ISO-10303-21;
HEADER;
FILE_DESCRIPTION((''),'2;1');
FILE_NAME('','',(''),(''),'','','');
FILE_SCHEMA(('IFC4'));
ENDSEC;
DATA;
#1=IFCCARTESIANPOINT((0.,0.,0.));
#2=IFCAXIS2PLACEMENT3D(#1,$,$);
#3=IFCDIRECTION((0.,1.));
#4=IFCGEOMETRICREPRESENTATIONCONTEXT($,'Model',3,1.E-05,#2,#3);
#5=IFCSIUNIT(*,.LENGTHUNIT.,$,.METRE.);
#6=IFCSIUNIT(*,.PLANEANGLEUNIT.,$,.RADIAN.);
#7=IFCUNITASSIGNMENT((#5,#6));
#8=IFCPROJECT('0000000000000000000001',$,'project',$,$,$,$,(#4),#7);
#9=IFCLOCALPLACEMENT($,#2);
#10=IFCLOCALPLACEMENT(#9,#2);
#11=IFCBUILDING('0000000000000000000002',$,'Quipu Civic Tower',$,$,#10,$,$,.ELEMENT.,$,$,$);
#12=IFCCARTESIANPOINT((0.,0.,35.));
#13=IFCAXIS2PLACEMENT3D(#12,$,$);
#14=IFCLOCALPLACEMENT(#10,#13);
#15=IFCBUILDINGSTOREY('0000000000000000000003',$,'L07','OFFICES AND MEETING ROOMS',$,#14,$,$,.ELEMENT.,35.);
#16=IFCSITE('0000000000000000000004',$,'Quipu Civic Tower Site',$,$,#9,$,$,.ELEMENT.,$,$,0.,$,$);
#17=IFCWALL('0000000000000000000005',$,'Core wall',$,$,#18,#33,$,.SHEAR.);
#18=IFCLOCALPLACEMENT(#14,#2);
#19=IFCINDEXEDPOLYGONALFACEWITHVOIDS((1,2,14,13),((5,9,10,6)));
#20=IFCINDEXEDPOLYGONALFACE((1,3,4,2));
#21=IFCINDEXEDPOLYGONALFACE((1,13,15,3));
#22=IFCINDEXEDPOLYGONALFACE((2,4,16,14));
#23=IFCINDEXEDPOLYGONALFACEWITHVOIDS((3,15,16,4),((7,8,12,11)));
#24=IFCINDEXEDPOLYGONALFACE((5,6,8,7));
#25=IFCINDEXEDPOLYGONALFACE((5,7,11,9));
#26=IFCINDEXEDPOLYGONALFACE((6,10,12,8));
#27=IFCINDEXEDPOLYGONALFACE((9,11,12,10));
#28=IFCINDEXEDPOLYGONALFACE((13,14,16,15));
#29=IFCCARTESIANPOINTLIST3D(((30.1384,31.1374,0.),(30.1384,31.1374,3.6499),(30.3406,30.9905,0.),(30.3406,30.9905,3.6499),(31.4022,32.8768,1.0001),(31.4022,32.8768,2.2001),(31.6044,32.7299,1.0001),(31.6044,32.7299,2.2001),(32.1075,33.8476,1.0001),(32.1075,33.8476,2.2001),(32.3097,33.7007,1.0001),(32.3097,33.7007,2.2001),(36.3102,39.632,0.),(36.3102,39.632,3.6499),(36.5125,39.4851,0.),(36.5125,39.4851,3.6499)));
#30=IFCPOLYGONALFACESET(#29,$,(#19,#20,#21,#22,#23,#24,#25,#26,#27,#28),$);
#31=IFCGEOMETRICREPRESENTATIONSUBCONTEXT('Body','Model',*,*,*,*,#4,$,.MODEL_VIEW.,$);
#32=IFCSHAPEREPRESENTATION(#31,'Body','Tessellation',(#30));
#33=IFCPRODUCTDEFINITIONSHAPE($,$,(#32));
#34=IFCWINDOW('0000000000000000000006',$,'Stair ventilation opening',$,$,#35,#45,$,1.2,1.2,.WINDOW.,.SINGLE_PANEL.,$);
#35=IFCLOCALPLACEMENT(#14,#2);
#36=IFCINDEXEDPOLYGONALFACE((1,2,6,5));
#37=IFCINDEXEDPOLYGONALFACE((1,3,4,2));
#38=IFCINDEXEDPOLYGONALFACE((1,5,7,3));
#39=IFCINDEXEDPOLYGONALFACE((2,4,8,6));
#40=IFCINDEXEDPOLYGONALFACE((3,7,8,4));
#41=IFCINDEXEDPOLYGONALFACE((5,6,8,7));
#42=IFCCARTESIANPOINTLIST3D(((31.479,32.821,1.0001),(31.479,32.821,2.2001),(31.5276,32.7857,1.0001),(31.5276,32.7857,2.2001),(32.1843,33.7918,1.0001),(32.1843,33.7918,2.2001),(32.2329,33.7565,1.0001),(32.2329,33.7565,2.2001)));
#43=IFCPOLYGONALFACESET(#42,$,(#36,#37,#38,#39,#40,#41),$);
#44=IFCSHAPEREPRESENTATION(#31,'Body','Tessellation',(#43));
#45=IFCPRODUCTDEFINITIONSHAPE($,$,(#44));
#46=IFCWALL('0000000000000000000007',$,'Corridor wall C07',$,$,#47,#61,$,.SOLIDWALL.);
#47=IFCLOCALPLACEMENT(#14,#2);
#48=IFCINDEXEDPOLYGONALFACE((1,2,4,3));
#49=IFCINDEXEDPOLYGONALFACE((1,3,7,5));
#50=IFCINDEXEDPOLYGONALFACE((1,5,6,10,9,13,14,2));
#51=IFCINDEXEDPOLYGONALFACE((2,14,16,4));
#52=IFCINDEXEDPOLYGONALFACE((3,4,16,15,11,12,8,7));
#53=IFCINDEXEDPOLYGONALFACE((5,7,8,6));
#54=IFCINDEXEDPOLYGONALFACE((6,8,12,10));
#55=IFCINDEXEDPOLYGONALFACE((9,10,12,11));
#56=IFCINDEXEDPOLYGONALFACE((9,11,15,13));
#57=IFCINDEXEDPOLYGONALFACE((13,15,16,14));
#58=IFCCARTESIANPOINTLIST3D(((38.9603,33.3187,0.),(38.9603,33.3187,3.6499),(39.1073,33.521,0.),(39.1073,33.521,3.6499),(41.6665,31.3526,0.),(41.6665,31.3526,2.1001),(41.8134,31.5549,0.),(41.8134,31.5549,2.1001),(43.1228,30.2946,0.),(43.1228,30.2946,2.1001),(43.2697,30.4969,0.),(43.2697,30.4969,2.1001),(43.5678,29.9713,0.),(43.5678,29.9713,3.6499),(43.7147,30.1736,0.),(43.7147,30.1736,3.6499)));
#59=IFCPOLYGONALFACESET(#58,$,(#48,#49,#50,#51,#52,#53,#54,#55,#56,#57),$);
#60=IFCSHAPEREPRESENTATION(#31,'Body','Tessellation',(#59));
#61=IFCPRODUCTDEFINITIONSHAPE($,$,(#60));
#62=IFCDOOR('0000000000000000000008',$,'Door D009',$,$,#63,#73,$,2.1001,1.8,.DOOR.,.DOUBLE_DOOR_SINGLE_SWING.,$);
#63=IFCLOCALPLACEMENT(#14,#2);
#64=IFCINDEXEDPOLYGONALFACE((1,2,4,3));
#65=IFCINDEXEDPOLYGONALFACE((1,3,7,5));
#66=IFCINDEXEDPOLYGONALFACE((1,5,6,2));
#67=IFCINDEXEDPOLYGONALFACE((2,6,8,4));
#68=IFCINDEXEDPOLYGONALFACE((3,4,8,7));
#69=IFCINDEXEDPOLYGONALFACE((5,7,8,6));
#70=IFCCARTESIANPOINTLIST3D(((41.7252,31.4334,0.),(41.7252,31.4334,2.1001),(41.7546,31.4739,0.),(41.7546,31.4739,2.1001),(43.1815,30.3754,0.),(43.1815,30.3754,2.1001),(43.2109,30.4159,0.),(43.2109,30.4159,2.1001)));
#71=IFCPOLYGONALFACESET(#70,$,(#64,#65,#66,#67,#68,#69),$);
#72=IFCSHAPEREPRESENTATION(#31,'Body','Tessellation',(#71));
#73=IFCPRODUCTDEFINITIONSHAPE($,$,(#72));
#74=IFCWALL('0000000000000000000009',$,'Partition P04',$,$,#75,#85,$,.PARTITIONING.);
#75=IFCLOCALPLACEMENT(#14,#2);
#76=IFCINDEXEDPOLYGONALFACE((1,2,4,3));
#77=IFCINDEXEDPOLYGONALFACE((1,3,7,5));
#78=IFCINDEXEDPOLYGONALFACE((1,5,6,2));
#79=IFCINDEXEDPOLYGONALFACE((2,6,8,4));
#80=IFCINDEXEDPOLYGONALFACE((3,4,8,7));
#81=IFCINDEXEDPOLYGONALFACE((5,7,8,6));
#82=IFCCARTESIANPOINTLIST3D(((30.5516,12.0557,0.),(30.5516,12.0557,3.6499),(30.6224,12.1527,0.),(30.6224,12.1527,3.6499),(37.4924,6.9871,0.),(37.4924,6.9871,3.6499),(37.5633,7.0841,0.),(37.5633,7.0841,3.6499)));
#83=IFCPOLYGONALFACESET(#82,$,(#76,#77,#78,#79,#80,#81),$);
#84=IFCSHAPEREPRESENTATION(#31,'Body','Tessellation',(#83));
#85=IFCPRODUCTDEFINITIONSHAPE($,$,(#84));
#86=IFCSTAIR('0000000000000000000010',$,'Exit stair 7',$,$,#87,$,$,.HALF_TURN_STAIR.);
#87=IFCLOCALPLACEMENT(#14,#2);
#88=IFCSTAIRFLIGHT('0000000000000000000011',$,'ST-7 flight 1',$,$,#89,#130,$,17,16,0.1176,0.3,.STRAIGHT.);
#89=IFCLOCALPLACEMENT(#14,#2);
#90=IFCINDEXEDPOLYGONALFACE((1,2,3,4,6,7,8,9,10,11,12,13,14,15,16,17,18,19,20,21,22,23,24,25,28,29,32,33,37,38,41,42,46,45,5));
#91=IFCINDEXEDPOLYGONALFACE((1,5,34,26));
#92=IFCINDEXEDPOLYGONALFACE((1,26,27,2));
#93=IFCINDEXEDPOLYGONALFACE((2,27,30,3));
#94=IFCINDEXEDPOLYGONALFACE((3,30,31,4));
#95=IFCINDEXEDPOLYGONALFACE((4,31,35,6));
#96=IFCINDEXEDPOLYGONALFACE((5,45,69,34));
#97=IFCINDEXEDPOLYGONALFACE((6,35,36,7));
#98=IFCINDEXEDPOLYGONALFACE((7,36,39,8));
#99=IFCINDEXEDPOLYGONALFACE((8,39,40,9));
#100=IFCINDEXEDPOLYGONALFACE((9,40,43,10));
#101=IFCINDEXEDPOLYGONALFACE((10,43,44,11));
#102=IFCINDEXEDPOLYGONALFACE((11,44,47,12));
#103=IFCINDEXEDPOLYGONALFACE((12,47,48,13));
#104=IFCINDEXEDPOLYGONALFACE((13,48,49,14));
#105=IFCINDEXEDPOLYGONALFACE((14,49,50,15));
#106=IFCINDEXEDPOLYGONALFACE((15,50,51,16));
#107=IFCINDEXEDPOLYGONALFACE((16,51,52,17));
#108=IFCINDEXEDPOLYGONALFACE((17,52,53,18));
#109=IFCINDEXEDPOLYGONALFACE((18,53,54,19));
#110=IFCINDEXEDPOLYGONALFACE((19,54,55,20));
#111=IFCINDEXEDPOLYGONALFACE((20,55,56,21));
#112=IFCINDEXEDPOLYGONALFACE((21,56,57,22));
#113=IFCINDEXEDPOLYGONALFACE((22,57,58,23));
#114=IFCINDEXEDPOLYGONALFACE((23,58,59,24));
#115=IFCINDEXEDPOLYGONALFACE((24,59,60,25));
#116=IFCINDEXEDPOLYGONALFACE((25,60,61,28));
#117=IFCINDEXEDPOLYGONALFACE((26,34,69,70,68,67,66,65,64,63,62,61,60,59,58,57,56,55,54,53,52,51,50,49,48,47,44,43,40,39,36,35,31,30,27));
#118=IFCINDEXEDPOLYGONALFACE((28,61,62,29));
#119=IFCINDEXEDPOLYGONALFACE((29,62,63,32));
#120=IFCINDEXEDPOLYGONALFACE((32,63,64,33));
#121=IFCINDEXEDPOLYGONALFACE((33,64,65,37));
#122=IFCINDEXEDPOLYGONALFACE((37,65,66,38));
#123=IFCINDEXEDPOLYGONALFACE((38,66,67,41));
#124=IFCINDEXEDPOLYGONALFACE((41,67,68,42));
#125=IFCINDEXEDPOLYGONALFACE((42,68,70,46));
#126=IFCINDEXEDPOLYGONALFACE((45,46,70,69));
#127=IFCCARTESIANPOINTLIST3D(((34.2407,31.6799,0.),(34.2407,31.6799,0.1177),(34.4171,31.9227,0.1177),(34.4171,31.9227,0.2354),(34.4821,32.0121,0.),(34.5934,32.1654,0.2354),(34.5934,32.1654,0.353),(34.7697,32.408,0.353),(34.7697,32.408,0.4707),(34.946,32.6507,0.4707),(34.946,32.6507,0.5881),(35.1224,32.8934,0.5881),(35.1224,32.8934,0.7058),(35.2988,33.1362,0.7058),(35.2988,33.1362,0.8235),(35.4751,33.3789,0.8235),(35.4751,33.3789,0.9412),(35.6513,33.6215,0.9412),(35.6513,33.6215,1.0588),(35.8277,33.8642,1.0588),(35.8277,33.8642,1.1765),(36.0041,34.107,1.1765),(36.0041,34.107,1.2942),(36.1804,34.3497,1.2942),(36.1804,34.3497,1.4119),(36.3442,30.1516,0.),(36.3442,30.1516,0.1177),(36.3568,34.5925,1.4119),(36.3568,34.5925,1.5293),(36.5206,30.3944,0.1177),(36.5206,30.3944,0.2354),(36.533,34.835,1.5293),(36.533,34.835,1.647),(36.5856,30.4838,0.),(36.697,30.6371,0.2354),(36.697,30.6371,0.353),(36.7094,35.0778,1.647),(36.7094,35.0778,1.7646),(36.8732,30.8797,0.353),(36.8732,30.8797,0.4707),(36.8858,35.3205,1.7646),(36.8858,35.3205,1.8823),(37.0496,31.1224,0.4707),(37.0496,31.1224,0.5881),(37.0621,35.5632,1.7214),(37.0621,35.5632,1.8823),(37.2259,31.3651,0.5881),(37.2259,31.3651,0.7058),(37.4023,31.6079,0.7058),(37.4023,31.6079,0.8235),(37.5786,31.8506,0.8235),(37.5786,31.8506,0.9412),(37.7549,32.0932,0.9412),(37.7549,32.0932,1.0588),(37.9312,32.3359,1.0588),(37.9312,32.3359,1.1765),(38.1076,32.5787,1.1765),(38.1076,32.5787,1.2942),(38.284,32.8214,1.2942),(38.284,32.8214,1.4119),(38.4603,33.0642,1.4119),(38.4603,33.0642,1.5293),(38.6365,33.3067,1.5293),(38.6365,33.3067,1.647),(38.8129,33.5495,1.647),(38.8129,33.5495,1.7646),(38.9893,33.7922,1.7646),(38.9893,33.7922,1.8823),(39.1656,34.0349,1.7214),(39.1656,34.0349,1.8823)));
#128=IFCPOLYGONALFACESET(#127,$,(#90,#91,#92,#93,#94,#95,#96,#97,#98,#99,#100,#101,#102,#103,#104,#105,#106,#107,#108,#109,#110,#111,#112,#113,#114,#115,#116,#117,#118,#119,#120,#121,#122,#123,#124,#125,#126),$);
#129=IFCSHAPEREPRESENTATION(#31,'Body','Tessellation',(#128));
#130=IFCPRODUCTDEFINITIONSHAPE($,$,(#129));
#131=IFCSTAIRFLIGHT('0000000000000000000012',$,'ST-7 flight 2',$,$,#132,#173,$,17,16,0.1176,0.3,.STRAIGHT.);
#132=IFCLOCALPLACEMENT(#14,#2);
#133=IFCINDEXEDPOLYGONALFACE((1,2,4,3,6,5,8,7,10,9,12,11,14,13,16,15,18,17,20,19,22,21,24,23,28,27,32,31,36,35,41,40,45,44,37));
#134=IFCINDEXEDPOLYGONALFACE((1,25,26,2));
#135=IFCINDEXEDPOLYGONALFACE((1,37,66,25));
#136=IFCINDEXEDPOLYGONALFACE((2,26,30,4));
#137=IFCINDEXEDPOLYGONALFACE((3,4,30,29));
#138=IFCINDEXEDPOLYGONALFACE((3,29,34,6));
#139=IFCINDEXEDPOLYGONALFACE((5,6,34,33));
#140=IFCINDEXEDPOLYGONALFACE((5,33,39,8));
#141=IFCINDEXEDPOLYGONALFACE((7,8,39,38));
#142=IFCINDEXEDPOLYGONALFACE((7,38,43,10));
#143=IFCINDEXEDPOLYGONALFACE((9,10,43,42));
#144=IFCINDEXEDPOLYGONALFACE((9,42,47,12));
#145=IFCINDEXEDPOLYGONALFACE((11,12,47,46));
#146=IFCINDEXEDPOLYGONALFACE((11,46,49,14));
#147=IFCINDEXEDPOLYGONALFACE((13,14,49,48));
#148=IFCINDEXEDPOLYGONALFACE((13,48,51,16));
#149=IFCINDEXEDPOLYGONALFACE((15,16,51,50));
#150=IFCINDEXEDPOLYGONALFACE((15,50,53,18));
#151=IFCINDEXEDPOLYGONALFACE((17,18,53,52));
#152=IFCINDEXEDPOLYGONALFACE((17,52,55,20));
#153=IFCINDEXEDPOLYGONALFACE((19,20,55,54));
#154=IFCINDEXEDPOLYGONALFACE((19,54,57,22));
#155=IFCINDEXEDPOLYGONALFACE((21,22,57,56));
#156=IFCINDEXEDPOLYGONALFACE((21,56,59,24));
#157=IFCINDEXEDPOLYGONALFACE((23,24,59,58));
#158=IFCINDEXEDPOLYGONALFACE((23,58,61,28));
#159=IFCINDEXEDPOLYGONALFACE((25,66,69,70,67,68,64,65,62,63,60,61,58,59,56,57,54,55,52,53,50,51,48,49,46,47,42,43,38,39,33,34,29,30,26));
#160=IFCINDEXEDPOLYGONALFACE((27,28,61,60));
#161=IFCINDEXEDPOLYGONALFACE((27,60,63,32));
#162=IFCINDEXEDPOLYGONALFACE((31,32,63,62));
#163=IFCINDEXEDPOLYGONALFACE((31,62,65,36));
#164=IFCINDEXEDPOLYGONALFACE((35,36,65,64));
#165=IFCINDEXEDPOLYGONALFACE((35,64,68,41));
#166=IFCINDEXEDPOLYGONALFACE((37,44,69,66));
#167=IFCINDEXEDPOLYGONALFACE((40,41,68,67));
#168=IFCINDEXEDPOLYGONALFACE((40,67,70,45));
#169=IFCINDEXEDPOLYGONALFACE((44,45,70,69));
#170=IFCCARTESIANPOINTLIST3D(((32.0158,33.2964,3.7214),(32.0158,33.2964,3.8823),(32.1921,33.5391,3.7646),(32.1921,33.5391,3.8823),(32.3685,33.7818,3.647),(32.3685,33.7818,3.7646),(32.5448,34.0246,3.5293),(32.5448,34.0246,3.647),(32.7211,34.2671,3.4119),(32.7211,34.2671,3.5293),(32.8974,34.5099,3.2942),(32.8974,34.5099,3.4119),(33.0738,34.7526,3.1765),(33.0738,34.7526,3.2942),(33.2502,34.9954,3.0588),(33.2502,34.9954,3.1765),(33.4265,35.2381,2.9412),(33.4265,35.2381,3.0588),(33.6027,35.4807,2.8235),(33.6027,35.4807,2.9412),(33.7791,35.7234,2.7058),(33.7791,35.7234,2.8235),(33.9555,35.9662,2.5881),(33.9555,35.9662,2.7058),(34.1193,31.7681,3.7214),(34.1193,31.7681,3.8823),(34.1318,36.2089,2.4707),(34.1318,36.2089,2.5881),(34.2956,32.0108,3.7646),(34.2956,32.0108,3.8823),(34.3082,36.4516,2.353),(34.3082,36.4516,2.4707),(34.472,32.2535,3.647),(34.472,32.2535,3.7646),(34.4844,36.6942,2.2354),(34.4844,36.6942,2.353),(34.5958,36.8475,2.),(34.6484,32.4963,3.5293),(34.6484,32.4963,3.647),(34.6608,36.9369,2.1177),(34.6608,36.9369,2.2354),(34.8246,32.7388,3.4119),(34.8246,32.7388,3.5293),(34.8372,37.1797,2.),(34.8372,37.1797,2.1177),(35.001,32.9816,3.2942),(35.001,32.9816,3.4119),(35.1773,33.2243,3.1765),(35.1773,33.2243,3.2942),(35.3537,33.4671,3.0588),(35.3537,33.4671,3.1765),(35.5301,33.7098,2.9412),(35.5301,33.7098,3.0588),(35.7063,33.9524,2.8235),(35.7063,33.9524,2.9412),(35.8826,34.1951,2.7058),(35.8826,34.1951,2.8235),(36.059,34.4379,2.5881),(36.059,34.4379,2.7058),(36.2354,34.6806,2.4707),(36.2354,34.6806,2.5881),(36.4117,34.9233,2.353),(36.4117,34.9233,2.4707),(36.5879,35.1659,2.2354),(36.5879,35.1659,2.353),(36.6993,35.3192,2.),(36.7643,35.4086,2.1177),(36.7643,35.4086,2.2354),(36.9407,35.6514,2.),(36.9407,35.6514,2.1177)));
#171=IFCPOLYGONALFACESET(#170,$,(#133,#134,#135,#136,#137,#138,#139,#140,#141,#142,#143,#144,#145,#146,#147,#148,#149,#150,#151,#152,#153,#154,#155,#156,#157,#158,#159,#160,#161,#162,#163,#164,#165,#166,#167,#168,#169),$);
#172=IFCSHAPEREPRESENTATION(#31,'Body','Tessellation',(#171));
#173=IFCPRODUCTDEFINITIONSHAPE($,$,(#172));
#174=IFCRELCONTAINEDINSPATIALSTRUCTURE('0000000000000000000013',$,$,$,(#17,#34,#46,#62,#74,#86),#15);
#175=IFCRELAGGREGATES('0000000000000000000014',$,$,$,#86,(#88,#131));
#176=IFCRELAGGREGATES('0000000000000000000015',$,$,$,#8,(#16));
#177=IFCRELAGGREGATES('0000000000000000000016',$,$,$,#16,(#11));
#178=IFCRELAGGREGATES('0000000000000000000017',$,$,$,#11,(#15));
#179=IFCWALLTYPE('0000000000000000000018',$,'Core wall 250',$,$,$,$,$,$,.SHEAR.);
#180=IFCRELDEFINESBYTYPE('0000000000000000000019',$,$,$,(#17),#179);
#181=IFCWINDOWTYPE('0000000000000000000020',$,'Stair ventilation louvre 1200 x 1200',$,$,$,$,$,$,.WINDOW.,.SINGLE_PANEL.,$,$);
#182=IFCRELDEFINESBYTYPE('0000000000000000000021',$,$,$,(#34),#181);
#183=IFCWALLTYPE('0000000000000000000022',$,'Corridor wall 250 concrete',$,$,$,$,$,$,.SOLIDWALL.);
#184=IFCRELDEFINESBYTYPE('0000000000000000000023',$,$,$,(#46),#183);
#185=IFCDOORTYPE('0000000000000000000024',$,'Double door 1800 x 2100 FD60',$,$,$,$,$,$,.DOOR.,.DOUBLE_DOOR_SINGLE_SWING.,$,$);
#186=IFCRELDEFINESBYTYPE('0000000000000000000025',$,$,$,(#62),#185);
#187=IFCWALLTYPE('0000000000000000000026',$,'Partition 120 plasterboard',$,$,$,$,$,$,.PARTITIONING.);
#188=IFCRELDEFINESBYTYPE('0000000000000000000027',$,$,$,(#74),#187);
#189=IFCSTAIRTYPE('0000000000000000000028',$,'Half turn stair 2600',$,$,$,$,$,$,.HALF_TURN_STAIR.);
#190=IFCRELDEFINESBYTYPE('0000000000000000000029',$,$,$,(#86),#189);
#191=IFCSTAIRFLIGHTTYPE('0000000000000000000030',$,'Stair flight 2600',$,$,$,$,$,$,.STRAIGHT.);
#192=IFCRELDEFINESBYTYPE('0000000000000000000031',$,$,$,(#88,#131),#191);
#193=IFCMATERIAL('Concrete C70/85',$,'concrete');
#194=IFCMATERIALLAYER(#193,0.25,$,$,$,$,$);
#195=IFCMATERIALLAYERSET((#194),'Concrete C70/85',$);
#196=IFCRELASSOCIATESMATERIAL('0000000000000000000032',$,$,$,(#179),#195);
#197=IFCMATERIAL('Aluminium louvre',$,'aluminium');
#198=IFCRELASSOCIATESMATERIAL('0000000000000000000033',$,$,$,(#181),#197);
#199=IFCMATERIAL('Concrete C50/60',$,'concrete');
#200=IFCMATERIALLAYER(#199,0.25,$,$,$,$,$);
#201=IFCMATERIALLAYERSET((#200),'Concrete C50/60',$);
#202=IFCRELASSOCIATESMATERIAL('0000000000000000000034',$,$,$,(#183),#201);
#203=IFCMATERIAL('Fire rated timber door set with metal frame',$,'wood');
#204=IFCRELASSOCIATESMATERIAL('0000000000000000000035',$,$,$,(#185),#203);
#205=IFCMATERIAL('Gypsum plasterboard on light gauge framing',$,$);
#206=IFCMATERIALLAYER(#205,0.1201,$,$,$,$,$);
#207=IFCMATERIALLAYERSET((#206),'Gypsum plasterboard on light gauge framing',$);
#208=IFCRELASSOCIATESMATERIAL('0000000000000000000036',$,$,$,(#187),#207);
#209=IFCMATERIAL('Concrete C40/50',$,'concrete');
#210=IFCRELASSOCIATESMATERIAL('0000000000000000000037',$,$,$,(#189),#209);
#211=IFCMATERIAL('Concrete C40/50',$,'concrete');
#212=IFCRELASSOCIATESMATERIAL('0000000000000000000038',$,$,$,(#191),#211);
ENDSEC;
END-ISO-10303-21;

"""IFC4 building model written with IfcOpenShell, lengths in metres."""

from ifc_helpers import new_model, si_unit, direction, frame, frame_2d, origin, place, context, subcontext, project, spatial, polyline, rectangle, outline, extrude, material, layer, layer_set, type_object, element, fill, aggregate, save


model = new_model("IFC4")

# Units and contexts
model_context = context("Model", 3, precision=1e-05, world=origin(), true_north=direction((0.0, 1.0)))
body_context = subcontext(model_context, "Body", "Model", "MODEL_VIEW")
ifc_project = project(units=[si_unit("LENGTHUNIT", "METRE"), si_unit("PLANEANGLEUNIT", "RADIAN")], contexts=[model_context])

# Site, building, storey
site_placement = place(None, origin())
site = spatial("IfcSite", under=ifc_project, at=site_placement, Name="Quipu Civic Tower Site", CompositionType="ELEMENT", RefElevation=0.0)
building_placement = place(site_placement, origin())
building = spatial("IfcBuilding", under=site, at=building_placement, Name="Quipu Civic Tower", CompositionType="ELEMENT")
storey_placement = place(building_placement, frame((0.0, 0.0, 35.0)))
storey = spatial("IfcBuildingStorey", under=building, at=storey_placement, Name="L07", Description="OFFICES AND MEETING ROOMS", CompositionType="ELEMENT", Elevation=35.0)

# Shared definitions
ifc_material_1 = material(Name="Concrete C70/85", Category="concrete")
ifc_layer_1 = layer(ifc_material_1, 0.25)
ifc_layer_set_1 = layer_set([ifc_layer_1], Name="Concrete C70/85")
wall_type_1 = type_object("IfcWallType", Name="Core wall 250", PredefinedType="SHEAR", material=ifc_layer_set_1)

# Wall, opening, window
wall_1_placement = place(storey_placement, frame((30.2395, 31.064, 0.0), z_axis=(0.0, 0.0, 1.0), x_axis=(0.587796, 0.809009, 0.0)))
wall_1 = element("IfcWall", 1, at=wall_1_placement, inside=storey, type_object=wall_type_1, Name="Core wall", PredefinedType="SHEAR", context=body_context, shape_type="SweptSolid", body=[
    extrude(rectangle(XDim=10.5, YDim=0.25, at=frame_2d((5.25, 0.0))), origin(), (0.0, 0.0, 1.0), 3.6499),
])
opening_1_placement = place(wall_1_placement, frame((2.1499, 0.0, 1.0)))
opening_1 = element("IfcOpeningElement", 2, at=opening_1_placement, cuts=wall_1, PredefinedType="OPENING", context=body_context, shape_type="SweptSolid", body=[
    extrude(rectangle(XDim=1.2, YDim=1.2, at=frame_2d((0.6001, 0.6001))), frame((0.0, 0.135, 0.0), z_axis=(0.0, -1.0, 0.0), x_axis=(1.0, 0.0, 0.0)), (0.0, 0.0, 1.0), 0.27),
])
ifc_material_2 = material(Name="Aluminium louvre", Category="aluminium")
window_type = type_object("IfcWindowType", Name="Stair ventilation louvre 1200 x 1200", PartitioningType="SINGLE_PANEL", PredefinedType="WINDOW", material=ifc_material_2)
window_placement = place(opening_1_placement, origin())
window = element("IfcWindow", 3, at=window_placement, inside=storey, type_object=window_type, Name="Stair ventilation opening", OverallHeight=1.2, OverallWidth=1.2, PartitioningType="SINGLE_PANEL", PredefinedType="WINDOW", context=body_context, shape_type="SweptSolid", body=[
    extrude(rectangle(XDim=1.2, YDim=1.2, at=frame_2d((0.6001, 0.6001))), frame((0.0, 0.03, 0.0), z_axis=(0.0, -1.0, 0.0), x_axis=(1.0, 0.0, 0.0)), (0.0, 0.0, 1.0), 0.0601),
])
fill(opening_1, window)

# Wall, opening, door
ifc_material_3 = material(Name="Concrete C50/60", Category="concrete")
ifc_layer_2 = layer(ifc_material_3, 0.25)
ifc_layer_set_2 = layer_set([ifc_layer_2], Name="Concrete C50/60")
wall_type_2 = type_object("IfcWallType", Name="Corridor wall 250 concrete", PredefinedType="SOLIDWALL", material=ifc_layer_set_2)
wall_2_placement = place(storey_placement, frame((39.0337, 33.4199, 0.0), z_axis=(0.0, 0.0, 1.0), x_axis=(0.809023, -0.587777, 0.0)))
wall_2 = element("IfcWall", 4, at=wall_2_placement, inside=storey, type_object=wall_type_2, Name="Corridor wall C07", PredefinedType="SOLIDWALL", context=body_context, shape_type="SweptSolid", body=[
    extrude(rectangle(XDim=5.6951, YDim=0.25, at=frame_2d((2.8477, 0.0))), origin(), (0.0, 0.0, 1.0), 3.6499),
])
opening_2_placement = place(wall_2_placement, frame((3.3452, 0.0, 0.0)))
opening_2 = element("IfcOpeningElement", 5, at=opening_2_placement, cuts=wall_2, PredefinedType="OPENING", context=body_context, shape_type="SweptSolid", body=[
    extrude(rectangle(XDim=1.8, YDim=2.1001, at=frame_2d((0.8999, 1.05))), frame((0.0, 0.135, 0.0), z_axis=(0.0, -1.0, 0.0), x_axis=(1.0, 0.0, 0.0)), (0.0, 0.0, 1.0), 0.27),
])
ifc_material_4 = material(Name="Fire rated timber door set with metal frame", Category="wood")
door_type_1 = type_object("IfcDoorType", Name="Double door 1800 x 2100 FD60", OperationType="DOUBLE_DOOR_SINGLE_SWING", PredefinedType="DOOR", material=ifc_material_4)
door_1_placement = place(opening_2_placement, origin())
door_1 = element("IfcDoor", 6, at=door_1_placement, inside=storey, type_object=door_type_1, Name="Door D009", OperationType="DOUBLE_DOOR_SINGLE_SWING", OverallHeight=2.1001, OverallWidth=1.8, PredefinedType="DOOR", context=body_context, shape_type="SweptSolid", body=[
    extrude(rectangle(XDim=1.8, YDim=2.1001, at=frame_2d((0.8999, 1.05))), frame((0.0, 0.0249, 0.0), z_axis=(0.0, -1.0, 0.0), x_axis=(1.0, 0.0, 0.0)), (0.0, 0.0, 1.0), 0.05),
])
fill(opening_2, door_1)

# Wall
ifc_material_5 = material(Name="Gypsum plasterboard on light gauge framing")
ifc_layer_3 = layer(ifc_material_5, 0.1201)
ifc_layer_set_3 = layer_set([ifc_layer_3], Name="Gypsum plasterboard on light gauge framing")
wall_type_3 = type_object("IfcWallType", Name="Partition 120 plasterboard", PredefinedType="PARTITIONING", material=ifc_layer_set_3)
wall_3_placement = place(storey_placement, frame((30.5869, 12.1042, 0.0), z_axis=(0.0, 0.0, 1.0), x_axis=(0.807591, -0.589743, 0.0)))
element("IfcWall", 7, at=wall_3_placement, inside=storey, type_object=wall_type_3, Name="Partition P04", PredefinedType="PARTITIONING", context=body_context, shape_type="SweptSolid", body=[
    extrude(rectangle(XDim=8.5945, YDim=0.1201, at=frame_2d((4.2974, 0.0))), origin(), (0.0, 0.0, 1.0), 3.6499),
])

# Stair, stair flights
ifc_material_6 = material(Name="Concrete C40/50", Category="concrete")
stair_type = type_object("IfcStairType", Name="Half turn stair 2600", PredefinedType="HALF_TURN_STAIR", material=ifc_material_6)
stair_placement = place(storey_placement, origin())
stair = element("IfcStair", 8, at=stair_placement, inside=storey, type_object=stair_type, Name="Exit stair 7", PredefinedType="HALF_TURN_STAIR")
ifc_material_7 = material(Name="Concrete C40/50", Category="concrete")
stair_flight_type = type_object("IfcStairFlightType", Name="Stair flight 2600", PredefinedType="STRAIGHT", material=ifc_material_7)
stair_flight_1_placement = place(storey_placement, frame((35.2925, 30.9158, 0.0), z_axis=(0.0, 0.0, 1.0), x_axis=(0.587785, 0.809017, 0.0)))
stair_flight_1 = element("IfcStairFlight", 9, at=stair_flight_1_placement, type_object=stair_flight_type, Name="ST-7 flight 1", NumberOfRisers=17, NumberOfTreads=16, PredefinedType="STRAIGHT", RiserHeight=0.1176, TreadLength=0.3, context=body_context, shape_type="SweptSolid", body=[
    extrude(outline(polyline([(0.0, 0.0), (0.0, 0.1177), (0.3, 0.1177), (0.3, 0.2354), (0.6001, 0.2354), (0.6001, 0.353), (0.8999, 0.353), (0.8999, 0.4707), (1.2, 0.4707), (1.2, 0.5881), (1.5, 0.5881), (1.5, 0.7058), (1.8, 0.7058), (1.8, 0.8235), (2.1001, 0.8235), (2.1001, 0.9412), (2.3999, 0.9412), (2.3999, 1.0588), (2.7, 1.0588), (2.7, 1.1765), (3.0, 1.1765), (3.0, 1.2942), (3.3, 1.2942), (3.3, 1.4119), (3.6001, 1.4119), (3.6001, 1.5293), (3.8999, 1.5293), (3.8999, 1.647), (4.2, 1.647), (4.2, 1.7646), (4.5, 1.7646), (4.5, 1.8823), (4.8, 1.8823), (4.8, 2.0), (4.8, 1.7214), (0.4106, 0.0), (0.0, 0.0)])), frame((0.0, 1.3, 0.0), z_axis=(0.0, -1.0, 0.0), x_axis=(1.0, 0.0, 0.0)), (0.0, 0.0, 1.0), 2.6001),
])
stair_flight_2_placement = place(storey_placement, frame((35.8889, 36.4155, 2.0), z_axis=(0.0, 0.0, 1.0), x_axis=(-0.587785, -0.809017, 0.0)))
stair_flight_2 = element("IfcStairFlight", 10, at=stair_flight_2_placement, type_object=stair_flight_type, Name="ST-7 flight 2", NumberOfRisers=17, NumberOfTreads=16, PredefinedType="STRAIGHT", RiserHeight=0.1176, TreadLength=0.3, context=body_context, shape_type="SweptSolid", body=[
    extrude(outline(polyline([(0.0, 0.0), (0.0, 0.1177), (0.3, 0.1177), (0.3, 0.2354), (0.6001, 0.2354), (0.6001, 0.353), (0.8999, 0.353), (0.8999, 0.4707), (1.2, 0.4707), (1.2, 0.5881), (1.5, 0.5881), (1.5, 0.7058), (1.8, 0.7058), (1.8, 0.8235), (2.1001, 0.8235), (2.1001, 0.9412), (2.3999, 0.9412), (2.3999, 1.0588), (2.7, 1.0588), (2.7, 1.1765), (3.0, 1.1765), (3.0, 1.2942), (3.3, 1.2942), (3.3, 1.4119), (3.6001, 1.4119), (3.6001, 1.5293), (3.8999, 1.5293), (3.8999, 1.647), (4.2, 1.647), (4.2, 1.7646), (4.5, 1.7646), (4.5, 1.8823), (4.8, 1.8823), (4.8, 2.0), (4.8, 1.7214), (0.4106, 0.0), (0.0, 0.0)])), frame((0.0, 1.3, 0.0), z_axis=(0.0, -1.0, 0.0), x_axis=(1.0, 0.0, 0.0)), (0.0, 0.0, 1.0), 2.6001),
])
aggregate(stair, [stair_flight_1, stair_flight_2])

save(model, "model.ifc")
